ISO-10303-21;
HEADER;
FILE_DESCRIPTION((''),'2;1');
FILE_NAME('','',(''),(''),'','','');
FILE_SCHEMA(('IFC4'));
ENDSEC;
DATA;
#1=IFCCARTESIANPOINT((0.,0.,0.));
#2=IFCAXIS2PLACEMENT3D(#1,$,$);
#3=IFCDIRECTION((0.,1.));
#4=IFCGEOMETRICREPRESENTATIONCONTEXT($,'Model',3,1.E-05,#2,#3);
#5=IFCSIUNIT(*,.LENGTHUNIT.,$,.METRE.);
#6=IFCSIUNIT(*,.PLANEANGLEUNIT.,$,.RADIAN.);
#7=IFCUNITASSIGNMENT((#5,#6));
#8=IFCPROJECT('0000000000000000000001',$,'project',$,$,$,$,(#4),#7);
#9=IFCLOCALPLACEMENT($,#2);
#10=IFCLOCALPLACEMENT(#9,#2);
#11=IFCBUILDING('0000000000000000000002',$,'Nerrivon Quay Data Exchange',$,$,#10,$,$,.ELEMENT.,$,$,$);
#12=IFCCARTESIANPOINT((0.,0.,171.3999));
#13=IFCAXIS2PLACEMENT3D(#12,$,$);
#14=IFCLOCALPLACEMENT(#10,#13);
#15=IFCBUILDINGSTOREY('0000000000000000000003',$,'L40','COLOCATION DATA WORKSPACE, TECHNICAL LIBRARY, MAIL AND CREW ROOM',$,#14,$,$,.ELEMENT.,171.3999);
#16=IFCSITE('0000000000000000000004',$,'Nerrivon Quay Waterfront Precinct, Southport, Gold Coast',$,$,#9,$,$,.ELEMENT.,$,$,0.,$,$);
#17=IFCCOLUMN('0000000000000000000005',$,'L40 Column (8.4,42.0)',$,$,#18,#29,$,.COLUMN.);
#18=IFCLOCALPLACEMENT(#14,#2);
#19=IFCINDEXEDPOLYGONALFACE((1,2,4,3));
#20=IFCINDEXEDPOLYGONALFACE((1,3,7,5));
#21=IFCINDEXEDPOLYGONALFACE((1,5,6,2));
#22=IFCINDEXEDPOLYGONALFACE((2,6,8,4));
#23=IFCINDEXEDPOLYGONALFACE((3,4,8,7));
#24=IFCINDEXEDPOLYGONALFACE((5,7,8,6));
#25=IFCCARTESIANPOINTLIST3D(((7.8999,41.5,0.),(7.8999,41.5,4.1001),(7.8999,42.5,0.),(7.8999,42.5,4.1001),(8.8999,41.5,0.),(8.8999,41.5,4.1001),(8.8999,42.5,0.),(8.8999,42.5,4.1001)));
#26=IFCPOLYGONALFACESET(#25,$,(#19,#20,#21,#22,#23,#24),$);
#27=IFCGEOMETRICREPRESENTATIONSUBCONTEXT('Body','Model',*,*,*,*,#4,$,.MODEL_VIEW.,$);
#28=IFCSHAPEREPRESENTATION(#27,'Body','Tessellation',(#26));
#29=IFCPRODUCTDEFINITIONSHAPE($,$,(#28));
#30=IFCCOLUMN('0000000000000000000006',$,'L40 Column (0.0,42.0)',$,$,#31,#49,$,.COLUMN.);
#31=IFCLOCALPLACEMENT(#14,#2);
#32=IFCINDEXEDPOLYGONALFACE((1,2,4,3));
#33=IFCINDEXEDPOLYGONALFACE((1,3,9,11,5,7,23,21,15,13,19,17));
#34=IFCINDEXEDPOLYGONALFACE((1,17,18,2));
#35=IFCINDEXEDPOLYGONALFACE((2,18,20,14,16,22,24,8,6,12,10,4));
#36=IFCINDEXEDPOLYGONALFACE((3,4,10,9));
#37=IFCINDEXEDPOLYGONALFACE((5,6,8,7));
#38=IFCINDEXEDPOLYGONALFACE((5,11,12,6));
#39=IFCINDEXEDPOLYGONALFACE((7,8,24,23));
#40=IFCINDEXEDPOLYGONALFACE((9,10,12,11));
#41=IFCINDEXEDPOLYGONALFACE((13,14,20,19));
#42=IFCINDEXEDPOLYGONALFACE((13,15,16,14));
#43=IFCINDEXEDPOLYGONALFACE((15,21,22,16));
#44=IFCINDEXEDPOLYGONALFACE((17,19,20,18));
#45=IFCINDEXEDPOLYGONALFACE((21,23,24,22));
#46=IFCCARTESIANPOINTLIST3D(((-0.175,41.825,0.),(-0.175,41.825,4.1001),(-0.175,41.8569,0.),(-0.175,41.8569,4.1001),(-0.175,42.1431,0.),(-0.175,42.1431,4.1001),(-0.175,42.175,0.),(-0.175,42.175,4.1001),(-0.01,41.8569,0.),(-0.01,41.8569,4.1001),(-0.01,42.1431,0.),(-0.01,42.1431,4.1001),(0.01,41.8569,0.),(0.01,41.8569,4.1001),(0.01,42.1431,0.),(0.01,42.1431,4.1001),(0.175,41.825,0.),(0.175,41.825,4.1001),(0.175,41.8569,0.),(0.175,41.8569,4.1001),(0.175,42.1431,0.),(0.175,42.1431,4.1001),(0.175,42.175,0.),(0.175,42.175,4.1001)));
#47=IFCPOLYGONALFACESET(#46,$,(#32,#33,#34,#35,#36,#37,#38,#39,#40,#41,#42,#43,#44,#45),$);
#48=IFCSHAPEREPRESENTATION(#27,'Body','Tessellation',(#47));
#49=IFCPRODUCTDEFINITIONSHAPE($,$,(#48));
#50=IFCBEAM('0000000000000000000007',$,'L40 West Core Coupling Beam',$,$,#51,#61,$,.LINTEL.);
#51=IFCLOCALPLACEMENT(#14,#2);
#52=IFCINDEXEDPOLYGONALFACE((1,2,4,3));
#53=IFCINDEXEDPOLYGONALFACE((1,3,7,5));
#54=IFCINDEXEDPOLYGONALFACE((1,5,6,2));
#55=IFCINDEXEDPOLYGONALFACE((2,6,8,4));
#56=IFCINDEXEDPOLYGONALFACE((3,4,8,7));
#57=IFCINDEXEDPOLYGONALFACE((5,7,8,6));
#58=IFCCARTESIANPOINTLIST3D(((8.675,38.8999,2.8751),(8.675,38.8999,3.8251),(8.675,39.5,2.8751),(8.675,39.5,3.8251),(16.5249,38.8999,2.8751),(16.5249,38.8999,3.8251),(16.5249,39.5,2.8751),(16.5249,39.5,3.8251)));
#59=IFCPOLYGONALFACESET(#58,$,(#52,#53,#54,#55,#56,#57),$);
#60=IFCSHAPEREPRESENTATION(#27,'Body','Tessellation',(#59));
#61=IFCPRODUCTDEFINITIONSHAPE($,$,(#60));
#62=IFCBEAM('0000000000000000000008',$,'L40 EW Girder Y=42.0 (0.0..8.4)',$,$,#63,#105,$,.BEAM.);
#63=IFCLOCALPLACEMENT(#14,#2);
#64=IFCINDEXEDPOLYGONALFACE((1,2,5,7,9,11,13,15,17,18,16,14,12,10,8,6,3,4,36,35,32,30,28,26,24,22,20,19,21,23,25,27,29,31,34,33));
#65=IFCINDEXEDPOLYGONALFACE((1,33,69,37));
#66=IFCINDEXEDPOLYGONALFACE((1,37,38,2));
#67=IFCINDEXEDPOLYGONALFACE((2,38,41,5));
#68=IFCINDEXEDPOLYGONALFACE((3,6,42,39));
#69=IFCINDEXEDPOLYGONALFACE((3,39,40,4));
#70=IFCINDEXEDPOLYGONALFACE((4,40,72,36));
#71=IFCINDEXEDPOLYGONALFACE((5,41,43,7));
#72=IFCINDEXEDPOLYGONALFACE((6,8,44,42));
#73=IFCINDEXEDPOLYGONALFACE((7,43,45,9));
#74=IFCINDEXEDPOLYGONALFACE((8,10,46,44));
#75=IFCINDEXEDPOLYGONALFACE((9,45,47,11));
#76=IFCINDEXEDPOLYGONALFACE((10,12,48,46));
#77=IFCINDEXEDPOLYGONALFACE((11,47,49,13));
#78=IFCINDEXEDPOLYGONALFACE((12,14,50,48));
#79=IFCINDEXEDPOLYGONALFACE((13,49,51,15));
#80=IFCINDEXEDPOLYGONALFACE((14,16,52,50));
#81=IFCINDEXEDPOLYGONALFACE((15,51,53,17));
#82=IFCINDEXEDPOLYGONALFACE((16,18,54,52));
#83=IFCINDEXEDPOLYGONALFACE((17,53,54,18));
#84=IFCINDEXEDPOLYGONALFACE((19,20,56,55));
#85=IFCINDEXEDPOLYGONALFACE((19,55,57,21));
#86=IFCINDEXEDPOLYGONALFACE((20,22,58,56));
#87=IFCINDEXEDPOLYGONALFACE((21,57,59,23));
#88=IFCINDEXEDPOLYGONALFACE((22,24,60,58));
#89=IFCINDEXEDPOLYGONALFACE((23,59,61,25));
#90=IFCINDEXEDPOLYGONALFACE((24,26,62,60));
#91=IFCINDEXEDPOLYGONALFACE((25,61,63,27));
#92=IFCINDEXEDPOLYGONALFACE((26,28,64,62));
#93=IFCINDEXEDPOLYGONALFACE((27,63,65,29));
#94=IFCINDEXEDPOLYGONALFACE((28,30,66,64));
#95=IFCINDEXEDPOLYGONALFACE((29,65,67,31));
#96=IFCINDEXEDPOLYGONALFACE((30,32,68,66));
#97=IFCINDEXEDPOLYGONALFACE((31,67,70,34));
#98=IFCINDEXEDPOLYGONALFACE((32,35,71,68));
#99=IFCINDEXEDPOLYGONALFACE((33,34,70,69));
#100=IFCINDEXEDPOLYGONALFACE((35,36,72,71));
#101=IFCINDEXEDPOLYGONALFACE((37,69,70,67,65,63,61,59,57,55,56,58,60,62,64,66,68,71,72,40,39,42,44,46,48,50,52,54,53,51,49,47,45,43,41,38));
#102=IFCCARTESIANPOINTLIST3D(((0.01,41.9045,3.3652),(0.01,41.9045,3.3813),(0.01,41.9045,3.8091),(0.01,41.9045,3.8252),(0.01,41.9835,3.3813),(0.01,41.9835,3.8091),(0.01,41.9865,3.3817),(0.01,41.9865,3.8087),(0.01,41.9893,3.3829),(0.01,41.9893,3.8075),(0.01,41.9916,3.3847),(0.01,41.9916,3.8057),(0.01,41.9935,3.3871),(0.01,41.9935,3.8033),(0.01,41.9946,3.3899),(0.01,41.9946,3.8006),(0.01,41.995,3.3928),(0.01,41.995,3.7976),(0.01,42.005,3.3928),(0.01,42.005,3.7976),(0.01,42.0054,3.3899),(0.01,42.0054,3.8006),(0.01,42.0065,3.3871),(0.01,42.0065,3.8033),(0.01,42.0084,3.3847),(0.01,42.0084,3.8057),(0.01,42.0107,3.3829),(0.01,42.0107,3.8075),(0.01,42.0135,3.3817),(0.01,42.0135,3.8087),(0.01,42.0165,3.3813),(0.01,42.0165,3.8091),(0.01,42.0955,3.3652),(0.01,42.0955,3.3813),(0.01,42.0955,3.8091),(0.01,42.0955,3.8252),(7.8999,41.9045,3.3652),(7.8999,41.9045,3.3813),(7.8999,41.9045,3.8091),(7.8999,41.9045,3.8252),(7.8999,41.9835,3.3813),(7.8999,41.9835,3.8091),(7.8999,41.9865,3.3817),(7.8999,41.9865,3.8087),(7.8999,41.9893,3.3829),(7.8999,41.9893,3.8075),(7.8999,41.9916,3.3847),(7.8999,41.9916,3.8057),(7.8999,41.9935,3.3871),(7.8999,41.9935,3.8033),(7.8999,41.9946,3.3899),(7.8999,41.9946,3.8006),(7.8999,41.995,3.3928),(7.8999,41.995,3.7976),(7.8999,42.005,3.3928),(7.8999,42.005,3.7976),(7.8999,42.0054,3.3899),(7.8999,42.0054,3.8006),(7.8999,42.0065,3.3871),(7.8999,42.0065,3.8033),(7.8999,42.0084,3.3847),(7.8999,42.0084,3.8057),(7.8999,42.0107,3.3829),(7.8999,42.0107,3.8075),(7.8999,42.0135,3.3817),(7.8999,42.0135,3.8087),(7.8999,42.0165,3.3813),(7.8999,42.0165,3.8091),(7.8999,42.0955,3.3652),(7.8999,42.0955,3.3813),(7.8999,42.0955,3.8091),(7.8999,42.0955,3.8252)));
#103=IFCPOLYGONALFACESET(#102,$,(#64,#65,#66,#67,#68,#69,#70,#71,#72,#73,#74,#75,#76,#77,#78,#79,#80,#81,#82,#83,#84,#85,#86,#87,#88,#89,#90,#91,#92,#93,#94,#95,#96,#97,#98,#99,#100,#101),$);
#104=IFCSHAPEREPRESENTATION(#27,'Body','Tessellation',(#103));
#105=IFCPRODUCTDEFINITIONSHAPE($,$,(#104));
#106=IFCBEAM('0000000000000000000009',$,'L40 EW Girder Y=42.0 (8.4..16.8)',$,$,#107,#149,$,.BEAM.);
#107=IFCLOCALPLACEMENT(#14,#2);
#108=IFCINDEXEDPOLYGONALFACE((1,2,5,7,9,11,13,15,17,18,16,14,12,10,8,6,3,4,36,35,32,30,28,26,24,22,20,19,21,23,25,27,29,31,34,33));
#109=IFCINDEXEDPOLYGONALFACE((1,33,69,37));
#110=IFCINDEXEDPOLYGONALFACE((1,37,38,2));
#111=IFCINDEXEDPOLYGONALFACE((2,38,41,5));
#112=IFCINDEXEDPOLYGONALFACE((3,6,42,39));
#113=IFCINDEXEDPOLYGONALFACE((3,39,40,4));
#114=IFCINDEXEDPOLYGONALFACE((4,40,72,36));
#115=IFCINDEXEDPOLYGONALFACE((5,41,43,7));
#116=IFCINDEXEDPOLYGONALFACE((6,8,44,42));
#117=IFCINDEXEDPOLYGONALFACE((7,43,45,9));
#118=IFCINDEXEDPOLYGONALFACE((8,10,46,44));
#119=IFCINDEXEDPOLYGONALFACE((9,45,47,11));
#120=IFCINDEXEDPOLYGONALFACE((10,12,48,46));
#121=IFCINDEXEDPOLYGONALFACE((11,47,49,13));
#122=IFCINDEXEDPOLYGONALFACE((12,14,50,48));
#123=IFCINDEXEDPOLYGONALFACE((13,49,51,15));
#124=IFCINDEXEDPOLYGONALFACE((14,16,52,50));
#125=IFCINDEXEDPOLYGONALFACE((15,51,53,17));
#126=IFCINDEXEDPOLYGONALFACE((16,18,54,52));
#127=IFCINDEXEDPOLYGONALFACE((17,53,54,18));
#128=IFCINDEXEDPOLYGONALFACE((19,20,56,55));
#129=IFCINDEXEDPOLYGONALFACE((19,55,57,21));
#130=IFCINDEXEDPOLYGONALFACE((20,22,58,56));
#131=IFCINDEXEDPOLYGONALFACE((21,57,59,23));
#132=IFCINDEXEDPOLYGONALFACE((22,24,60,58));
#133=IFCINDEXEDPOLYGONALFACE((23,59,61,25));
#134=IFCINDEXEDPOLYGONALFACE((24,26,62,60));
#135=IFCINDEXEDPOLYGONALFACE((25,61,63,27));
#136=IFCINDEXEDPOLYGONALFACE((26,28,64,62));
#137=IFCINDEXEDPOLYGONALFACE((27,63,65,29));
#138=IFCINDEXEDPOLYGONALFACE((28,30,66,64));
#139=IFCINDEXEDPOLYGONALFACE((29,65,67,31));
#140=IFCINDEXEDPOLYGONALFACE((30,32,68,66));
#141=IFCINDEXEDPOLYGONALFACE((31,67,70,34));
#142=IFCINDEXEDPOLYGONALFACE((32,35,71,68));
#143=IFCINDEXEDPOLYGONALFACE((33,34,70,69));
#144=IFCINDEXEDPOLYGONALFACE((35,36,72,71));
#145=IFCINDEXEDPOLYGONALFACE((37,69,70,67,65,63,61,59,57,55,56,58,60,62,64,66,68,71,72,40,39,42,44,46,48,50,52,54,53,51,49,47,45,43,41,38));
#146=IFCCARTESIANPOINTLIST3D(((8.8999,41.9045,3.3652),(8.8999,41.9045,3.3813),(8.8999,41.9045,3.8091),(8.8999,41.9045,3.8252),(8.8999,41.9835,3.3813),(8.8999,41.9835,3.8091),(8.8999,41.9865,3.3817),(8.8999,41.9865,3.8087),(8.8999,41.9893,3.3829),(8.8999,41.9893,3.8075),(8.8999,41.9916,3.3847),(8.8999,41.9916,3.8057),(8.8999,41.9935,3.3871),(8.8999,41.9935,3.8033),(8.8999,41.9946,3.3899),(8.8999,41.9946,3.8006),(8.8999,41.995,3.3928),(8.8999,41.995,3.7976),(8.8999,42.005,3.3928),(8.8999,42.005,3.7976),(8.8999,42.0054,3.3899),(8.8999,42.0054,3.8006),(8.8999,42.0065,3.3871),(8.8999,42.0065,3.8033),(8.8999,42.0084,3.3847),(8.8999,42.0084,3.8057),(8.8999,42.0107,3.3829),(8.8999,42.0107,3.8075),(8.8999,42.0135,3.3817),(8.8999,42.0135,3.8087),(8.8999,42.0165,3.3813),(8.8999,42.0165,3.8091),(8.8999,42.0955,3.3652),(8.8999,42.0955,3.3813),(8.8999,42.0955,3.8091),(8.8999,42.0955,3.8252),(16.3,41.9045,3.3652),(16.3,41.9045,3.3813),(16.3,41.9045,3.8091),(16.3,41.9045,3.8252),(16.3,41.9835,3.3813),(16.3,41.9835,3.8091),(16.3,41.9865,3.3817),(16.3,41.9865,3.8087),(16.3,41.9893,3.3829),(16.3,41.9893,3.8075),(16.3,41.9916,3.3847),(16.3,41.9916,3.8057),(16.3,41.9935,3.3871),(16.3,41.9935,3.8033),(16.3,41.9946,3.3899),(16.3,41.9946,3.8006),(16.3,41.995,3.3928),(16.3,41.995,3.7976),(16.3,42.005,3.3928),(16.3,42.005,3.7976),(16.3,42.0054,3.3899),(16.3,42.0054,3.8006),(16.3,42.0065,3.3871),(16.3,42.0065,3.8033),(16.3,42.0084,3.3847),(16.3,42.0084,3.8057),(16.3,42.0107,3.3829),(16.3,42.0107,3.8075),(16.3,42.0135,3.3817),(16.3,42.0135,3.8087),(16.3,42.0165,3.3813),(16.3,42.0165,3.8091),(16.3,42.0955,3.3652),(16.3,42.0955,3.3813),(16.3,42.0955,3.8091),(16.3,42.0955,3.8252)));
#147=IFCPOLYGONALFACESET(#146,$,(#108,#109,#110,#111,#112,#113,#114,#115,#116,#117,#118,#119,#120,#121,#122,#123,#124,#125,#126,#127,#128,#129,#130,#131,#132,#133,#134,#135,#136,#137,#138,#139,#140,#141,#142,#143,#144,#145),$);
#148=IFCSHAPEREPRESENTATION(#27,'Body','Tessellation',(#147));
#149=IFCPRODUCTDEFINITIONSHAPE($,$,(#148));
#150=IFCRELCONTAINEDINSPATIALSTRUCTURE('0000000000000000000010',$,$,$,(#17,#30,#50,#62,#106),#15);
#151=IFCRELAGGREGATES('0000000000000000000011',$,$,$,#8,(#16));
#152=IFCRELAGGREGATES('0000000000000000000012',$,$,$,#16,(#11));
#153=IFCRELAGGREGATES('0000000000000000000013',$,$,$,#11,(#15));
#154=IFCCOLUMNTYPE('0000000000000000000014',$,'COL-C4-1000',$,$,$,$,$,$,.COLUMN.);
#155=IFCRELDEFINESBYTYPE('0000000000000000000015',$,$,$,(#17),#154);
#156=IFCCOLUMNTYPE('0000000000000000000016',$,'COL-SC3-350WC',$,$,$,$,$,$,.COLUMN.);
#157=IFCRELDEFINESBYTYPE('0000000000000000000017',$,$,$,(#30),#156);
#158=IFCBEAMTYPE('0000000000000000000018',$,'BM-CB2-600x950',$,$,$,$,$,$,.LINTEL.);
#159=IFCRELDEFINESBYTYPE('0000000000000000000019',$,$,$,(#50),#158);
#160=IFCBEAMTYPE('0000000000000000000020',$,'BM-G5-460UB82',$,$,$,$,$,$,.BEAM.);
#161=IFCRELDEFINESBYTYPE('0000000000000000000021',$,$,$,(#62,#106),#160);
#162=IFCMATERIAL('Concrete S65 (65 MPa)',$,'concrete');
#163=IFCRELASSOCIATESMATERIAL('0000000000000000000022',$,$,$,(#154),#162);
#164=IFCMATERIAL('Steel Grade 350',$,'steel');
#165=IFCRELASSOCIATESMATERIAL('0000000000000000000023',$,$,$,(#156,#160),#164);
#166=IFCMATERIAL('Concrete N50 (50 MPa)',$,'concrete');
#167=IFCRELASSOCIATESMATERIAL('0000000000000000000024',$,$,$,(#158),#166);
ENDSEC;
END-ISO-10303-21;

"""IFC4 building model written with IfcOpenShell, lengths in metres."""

from ifc_helpers import new_model, si_unit, direction, frame, origin, origin_2d, place, context, subcontext, project, spatial, rectangle, i_section, extrude, material, material_profile, profile_set, type_object, element, save


model = new_model("IFC4")

# Units and contexts
model_context = context("Model", 3, precision=1e-05, world=origin(), true_north=direction((0.0, 1.0)))
body_context = subcontext(model_context, "Body", "Model", "MODEL_VIEW")
ifc_project = project(units=[si_unit("LENGTHUNIT", "METRE"), si_unit("PLANEANGLEUNIT", "RADIAN")], contexts=[model_context])

# Site, building, storey
site_placement = place(None, origin())
site = spatial("IfcSite", under=ifc_project, at=site_placement, Name="Nerrivon Quay Waterfront Precinct, Southport, Gold Coast", CompositionType="ELEMENT", RefElevation=0.0)
building_placement = place(site_placement, origin())
building = spatial("IfcBuilding", under=site, at=building_placement, Name="Nerrivon Quay Data Exchange", CompositionType="ELEMENT")
storey_placement = place(building_placement, frame((0.0, 0.0, 171.3999)))
storey = spatial("IfcBuildingStorey", under=building, at=storey_placement, Name="L40", Description="COLOCATION DATA WORKSPACE, TECHNICAL LIBRARY, MAIL AND CREW ROOM", CompositionType="ELEMENT", Elevation=171.3999)

# Columns
ifc_material_1 = material(Name="Concrete S65 (65 MPa)", Category="concrete")
ifc_material_profile_1 = material_profile(ifc_material_1, rectangle(XDim=1.0, YDim=1.0, at=origin_2d()), Name="RC-COL-1000x1000")
ifc_profile_set_1 = profile_set([ifc_material_profile_1], Name="Concrete S65 (65 MPa)")
column_type_1 = type_object("IfcColumnType", Name="COL-C4-1000", PredefinedType="COLUMN", material=ifc_profile_set_1)
column_1_placement = place(storey_placement, frame((8.3999, 42.0, 0.0), z_axis=(0.0, 0.0, 1.0), x_axis=(1.0, 0.0, 0.0)))
element("IfcColumn", 1, at=column_1_placement, inside=storey, type_object=column_type_1, Name="L40 Column (8.4,42.0)", PredefinedType="COLUMN", context=body_context, shape_type="SweptSolid", body=[
    extrude(rectangle(XDim=1.0, YDim=1.0, at=origin_2d()), origin(), (0.0, 0.0, 1.0), 4.1001),
])
ifc_material_2 = material(Name="Steel Grade 350", Category="steel")
ifc_material_profile_2 = material_profile(ifc_material_2, i_section(OverallWidth=0.3501, OverallDepth=0.3501, WebThickness=0.02, FlangeThickness=0.032, at=origin_2d()), Name="350WC230")
ifc_profile_set_2 = profile_set([ifc_material_profile_2], Name="Steel Grade 350")
column_type_2 = type_object("IfcColumnType", Name="COL-SC3-350WC", PredefinedType="COLUMN", material=ifc_profile_set_2)
column_2_placement = place(storey_placement, frame((0.0, 42.0, 0.0), z_axis=(0.0, 0.0, 1.0), x_axis=(1.0, 0.0, 0.0)))
element("IfcColumn", 2, at=column_2_placement, inside=storey, type_object=column_type_2, Name="L40 Column (0.0,42.0)", PredefinedType="COLUMN", context=body_context, shape_type="SweptSolid", body=[
    extrude(i_section(OverallWidth=0.3501, OverallDepth=0.3501, WebThickness=0.02, FlangeThickness=0.032, at=origin_2d()), origin(), (0.0, 0.0, 1.0), 4.1001),
])

# Beams
ifc_material_3 = material(Name="Concrete N50 (50 MPa)", Category="concrete")
ifc_material_profile_3 = material_profile(ifc_material_3, rectangle(XDim=0.6001, YDim=0.95, at=origin_2d()), Name="RC-CB-600x950")
ifc_profile_set_3 = profile_set([ifc_material_profile_3], Name="Concrete N50 (50 MPa)")
beam_type_1 = type_object("IfcBeamType", Name="BM-CB2-600x950", PredefinedType="LINTEL", material=ifc_profile_set_3)
beam_1_placement = place(storey_placement, frame((8.675, 39.2, 3.3501), z_axis=(1.0, 0.0, 0.0), x_axis=(0.0, 1.0, 0.0)))
element("IfcBeam", 3, at=beam_1_placement, inside=storey, type_object=beam_type_1, Name="L40 West Core Coupling Beam", PredefinedType="LINTEL", context=body_context, shape_type="SweptSolid", body=[
    extrude(rectangle(XDim=0.6001, YDim=0.95, at=origin_2d()), origin(), (0.0, 0.0, 1.0), 7.8499),
])
ifc_material_profile_4 = material_profile(ifc_material_2, i_section(OverallWidth=0.1909, OverallDepth=0.46, WebThickness=0.01, FlangeThickness=0.0161, FilletRadius=0.0115, at=origin_2d()), Name="460UB82.1")
ifc_profile_set_4 = profile_set([ifc_material_profile_4], Name="Steel Grade 350")
beam_type_2 = type_object("IfcBeamType", Name="BM-G5-460UB82", PredefinedType="BEAM", material=ifc_profile_set_4)
beam_2_placement = place(storey_placement, frame((0.01, 42.0, 3.5952), z_axis=(1.0, 0.0, 0.0), x_axis=(0.0, 1.0, 0.0)))
element("IfcBeam", 4, at=beam_2_placement, inside=storey, type_object=beam_type_2, Name="L40 EW Girder Y=42.0 (0.0..8.4)", PredefinedType="BEAM", context=body_context, shape_type="SweptSolid", body=[
    extrude(i_section(OverallWidth=0.1909, OverallDepth=0.46, WebThickness=0.01, FlangeThickness=0.0161, FilletRadius=0.0115, at=origin_2d()), origin(), (0.0, 0.0, 1.0), 7.8899),
])
beam_3_placement = place(storey_placement, frame((8.8999, 42.0, 3.5952), z_axis=(1.0, 0.0, 0.0), x_axis=(0.0, 1.0, 0.0)))
element("IfcBeam", 5, at=beam_3_placement, inside=storey, type_object=beam_type_2, Name="L40 EW Girder Y=42.0 (8.4..16.8)", PredefinedType="BEAM", context=body_context, shape_type="SweptSolid", body=[
    extrude(i_section(OverallWidth=0.1909, OverallDepth=0.46, WebThickness=0.01, FlangeThickness=0.0161, FilletRadius=0.0115, at=origin_2d()), origin(), (0.0, 0.0, 1.0), 7.4001),
])

save(model, "model.ifc")
